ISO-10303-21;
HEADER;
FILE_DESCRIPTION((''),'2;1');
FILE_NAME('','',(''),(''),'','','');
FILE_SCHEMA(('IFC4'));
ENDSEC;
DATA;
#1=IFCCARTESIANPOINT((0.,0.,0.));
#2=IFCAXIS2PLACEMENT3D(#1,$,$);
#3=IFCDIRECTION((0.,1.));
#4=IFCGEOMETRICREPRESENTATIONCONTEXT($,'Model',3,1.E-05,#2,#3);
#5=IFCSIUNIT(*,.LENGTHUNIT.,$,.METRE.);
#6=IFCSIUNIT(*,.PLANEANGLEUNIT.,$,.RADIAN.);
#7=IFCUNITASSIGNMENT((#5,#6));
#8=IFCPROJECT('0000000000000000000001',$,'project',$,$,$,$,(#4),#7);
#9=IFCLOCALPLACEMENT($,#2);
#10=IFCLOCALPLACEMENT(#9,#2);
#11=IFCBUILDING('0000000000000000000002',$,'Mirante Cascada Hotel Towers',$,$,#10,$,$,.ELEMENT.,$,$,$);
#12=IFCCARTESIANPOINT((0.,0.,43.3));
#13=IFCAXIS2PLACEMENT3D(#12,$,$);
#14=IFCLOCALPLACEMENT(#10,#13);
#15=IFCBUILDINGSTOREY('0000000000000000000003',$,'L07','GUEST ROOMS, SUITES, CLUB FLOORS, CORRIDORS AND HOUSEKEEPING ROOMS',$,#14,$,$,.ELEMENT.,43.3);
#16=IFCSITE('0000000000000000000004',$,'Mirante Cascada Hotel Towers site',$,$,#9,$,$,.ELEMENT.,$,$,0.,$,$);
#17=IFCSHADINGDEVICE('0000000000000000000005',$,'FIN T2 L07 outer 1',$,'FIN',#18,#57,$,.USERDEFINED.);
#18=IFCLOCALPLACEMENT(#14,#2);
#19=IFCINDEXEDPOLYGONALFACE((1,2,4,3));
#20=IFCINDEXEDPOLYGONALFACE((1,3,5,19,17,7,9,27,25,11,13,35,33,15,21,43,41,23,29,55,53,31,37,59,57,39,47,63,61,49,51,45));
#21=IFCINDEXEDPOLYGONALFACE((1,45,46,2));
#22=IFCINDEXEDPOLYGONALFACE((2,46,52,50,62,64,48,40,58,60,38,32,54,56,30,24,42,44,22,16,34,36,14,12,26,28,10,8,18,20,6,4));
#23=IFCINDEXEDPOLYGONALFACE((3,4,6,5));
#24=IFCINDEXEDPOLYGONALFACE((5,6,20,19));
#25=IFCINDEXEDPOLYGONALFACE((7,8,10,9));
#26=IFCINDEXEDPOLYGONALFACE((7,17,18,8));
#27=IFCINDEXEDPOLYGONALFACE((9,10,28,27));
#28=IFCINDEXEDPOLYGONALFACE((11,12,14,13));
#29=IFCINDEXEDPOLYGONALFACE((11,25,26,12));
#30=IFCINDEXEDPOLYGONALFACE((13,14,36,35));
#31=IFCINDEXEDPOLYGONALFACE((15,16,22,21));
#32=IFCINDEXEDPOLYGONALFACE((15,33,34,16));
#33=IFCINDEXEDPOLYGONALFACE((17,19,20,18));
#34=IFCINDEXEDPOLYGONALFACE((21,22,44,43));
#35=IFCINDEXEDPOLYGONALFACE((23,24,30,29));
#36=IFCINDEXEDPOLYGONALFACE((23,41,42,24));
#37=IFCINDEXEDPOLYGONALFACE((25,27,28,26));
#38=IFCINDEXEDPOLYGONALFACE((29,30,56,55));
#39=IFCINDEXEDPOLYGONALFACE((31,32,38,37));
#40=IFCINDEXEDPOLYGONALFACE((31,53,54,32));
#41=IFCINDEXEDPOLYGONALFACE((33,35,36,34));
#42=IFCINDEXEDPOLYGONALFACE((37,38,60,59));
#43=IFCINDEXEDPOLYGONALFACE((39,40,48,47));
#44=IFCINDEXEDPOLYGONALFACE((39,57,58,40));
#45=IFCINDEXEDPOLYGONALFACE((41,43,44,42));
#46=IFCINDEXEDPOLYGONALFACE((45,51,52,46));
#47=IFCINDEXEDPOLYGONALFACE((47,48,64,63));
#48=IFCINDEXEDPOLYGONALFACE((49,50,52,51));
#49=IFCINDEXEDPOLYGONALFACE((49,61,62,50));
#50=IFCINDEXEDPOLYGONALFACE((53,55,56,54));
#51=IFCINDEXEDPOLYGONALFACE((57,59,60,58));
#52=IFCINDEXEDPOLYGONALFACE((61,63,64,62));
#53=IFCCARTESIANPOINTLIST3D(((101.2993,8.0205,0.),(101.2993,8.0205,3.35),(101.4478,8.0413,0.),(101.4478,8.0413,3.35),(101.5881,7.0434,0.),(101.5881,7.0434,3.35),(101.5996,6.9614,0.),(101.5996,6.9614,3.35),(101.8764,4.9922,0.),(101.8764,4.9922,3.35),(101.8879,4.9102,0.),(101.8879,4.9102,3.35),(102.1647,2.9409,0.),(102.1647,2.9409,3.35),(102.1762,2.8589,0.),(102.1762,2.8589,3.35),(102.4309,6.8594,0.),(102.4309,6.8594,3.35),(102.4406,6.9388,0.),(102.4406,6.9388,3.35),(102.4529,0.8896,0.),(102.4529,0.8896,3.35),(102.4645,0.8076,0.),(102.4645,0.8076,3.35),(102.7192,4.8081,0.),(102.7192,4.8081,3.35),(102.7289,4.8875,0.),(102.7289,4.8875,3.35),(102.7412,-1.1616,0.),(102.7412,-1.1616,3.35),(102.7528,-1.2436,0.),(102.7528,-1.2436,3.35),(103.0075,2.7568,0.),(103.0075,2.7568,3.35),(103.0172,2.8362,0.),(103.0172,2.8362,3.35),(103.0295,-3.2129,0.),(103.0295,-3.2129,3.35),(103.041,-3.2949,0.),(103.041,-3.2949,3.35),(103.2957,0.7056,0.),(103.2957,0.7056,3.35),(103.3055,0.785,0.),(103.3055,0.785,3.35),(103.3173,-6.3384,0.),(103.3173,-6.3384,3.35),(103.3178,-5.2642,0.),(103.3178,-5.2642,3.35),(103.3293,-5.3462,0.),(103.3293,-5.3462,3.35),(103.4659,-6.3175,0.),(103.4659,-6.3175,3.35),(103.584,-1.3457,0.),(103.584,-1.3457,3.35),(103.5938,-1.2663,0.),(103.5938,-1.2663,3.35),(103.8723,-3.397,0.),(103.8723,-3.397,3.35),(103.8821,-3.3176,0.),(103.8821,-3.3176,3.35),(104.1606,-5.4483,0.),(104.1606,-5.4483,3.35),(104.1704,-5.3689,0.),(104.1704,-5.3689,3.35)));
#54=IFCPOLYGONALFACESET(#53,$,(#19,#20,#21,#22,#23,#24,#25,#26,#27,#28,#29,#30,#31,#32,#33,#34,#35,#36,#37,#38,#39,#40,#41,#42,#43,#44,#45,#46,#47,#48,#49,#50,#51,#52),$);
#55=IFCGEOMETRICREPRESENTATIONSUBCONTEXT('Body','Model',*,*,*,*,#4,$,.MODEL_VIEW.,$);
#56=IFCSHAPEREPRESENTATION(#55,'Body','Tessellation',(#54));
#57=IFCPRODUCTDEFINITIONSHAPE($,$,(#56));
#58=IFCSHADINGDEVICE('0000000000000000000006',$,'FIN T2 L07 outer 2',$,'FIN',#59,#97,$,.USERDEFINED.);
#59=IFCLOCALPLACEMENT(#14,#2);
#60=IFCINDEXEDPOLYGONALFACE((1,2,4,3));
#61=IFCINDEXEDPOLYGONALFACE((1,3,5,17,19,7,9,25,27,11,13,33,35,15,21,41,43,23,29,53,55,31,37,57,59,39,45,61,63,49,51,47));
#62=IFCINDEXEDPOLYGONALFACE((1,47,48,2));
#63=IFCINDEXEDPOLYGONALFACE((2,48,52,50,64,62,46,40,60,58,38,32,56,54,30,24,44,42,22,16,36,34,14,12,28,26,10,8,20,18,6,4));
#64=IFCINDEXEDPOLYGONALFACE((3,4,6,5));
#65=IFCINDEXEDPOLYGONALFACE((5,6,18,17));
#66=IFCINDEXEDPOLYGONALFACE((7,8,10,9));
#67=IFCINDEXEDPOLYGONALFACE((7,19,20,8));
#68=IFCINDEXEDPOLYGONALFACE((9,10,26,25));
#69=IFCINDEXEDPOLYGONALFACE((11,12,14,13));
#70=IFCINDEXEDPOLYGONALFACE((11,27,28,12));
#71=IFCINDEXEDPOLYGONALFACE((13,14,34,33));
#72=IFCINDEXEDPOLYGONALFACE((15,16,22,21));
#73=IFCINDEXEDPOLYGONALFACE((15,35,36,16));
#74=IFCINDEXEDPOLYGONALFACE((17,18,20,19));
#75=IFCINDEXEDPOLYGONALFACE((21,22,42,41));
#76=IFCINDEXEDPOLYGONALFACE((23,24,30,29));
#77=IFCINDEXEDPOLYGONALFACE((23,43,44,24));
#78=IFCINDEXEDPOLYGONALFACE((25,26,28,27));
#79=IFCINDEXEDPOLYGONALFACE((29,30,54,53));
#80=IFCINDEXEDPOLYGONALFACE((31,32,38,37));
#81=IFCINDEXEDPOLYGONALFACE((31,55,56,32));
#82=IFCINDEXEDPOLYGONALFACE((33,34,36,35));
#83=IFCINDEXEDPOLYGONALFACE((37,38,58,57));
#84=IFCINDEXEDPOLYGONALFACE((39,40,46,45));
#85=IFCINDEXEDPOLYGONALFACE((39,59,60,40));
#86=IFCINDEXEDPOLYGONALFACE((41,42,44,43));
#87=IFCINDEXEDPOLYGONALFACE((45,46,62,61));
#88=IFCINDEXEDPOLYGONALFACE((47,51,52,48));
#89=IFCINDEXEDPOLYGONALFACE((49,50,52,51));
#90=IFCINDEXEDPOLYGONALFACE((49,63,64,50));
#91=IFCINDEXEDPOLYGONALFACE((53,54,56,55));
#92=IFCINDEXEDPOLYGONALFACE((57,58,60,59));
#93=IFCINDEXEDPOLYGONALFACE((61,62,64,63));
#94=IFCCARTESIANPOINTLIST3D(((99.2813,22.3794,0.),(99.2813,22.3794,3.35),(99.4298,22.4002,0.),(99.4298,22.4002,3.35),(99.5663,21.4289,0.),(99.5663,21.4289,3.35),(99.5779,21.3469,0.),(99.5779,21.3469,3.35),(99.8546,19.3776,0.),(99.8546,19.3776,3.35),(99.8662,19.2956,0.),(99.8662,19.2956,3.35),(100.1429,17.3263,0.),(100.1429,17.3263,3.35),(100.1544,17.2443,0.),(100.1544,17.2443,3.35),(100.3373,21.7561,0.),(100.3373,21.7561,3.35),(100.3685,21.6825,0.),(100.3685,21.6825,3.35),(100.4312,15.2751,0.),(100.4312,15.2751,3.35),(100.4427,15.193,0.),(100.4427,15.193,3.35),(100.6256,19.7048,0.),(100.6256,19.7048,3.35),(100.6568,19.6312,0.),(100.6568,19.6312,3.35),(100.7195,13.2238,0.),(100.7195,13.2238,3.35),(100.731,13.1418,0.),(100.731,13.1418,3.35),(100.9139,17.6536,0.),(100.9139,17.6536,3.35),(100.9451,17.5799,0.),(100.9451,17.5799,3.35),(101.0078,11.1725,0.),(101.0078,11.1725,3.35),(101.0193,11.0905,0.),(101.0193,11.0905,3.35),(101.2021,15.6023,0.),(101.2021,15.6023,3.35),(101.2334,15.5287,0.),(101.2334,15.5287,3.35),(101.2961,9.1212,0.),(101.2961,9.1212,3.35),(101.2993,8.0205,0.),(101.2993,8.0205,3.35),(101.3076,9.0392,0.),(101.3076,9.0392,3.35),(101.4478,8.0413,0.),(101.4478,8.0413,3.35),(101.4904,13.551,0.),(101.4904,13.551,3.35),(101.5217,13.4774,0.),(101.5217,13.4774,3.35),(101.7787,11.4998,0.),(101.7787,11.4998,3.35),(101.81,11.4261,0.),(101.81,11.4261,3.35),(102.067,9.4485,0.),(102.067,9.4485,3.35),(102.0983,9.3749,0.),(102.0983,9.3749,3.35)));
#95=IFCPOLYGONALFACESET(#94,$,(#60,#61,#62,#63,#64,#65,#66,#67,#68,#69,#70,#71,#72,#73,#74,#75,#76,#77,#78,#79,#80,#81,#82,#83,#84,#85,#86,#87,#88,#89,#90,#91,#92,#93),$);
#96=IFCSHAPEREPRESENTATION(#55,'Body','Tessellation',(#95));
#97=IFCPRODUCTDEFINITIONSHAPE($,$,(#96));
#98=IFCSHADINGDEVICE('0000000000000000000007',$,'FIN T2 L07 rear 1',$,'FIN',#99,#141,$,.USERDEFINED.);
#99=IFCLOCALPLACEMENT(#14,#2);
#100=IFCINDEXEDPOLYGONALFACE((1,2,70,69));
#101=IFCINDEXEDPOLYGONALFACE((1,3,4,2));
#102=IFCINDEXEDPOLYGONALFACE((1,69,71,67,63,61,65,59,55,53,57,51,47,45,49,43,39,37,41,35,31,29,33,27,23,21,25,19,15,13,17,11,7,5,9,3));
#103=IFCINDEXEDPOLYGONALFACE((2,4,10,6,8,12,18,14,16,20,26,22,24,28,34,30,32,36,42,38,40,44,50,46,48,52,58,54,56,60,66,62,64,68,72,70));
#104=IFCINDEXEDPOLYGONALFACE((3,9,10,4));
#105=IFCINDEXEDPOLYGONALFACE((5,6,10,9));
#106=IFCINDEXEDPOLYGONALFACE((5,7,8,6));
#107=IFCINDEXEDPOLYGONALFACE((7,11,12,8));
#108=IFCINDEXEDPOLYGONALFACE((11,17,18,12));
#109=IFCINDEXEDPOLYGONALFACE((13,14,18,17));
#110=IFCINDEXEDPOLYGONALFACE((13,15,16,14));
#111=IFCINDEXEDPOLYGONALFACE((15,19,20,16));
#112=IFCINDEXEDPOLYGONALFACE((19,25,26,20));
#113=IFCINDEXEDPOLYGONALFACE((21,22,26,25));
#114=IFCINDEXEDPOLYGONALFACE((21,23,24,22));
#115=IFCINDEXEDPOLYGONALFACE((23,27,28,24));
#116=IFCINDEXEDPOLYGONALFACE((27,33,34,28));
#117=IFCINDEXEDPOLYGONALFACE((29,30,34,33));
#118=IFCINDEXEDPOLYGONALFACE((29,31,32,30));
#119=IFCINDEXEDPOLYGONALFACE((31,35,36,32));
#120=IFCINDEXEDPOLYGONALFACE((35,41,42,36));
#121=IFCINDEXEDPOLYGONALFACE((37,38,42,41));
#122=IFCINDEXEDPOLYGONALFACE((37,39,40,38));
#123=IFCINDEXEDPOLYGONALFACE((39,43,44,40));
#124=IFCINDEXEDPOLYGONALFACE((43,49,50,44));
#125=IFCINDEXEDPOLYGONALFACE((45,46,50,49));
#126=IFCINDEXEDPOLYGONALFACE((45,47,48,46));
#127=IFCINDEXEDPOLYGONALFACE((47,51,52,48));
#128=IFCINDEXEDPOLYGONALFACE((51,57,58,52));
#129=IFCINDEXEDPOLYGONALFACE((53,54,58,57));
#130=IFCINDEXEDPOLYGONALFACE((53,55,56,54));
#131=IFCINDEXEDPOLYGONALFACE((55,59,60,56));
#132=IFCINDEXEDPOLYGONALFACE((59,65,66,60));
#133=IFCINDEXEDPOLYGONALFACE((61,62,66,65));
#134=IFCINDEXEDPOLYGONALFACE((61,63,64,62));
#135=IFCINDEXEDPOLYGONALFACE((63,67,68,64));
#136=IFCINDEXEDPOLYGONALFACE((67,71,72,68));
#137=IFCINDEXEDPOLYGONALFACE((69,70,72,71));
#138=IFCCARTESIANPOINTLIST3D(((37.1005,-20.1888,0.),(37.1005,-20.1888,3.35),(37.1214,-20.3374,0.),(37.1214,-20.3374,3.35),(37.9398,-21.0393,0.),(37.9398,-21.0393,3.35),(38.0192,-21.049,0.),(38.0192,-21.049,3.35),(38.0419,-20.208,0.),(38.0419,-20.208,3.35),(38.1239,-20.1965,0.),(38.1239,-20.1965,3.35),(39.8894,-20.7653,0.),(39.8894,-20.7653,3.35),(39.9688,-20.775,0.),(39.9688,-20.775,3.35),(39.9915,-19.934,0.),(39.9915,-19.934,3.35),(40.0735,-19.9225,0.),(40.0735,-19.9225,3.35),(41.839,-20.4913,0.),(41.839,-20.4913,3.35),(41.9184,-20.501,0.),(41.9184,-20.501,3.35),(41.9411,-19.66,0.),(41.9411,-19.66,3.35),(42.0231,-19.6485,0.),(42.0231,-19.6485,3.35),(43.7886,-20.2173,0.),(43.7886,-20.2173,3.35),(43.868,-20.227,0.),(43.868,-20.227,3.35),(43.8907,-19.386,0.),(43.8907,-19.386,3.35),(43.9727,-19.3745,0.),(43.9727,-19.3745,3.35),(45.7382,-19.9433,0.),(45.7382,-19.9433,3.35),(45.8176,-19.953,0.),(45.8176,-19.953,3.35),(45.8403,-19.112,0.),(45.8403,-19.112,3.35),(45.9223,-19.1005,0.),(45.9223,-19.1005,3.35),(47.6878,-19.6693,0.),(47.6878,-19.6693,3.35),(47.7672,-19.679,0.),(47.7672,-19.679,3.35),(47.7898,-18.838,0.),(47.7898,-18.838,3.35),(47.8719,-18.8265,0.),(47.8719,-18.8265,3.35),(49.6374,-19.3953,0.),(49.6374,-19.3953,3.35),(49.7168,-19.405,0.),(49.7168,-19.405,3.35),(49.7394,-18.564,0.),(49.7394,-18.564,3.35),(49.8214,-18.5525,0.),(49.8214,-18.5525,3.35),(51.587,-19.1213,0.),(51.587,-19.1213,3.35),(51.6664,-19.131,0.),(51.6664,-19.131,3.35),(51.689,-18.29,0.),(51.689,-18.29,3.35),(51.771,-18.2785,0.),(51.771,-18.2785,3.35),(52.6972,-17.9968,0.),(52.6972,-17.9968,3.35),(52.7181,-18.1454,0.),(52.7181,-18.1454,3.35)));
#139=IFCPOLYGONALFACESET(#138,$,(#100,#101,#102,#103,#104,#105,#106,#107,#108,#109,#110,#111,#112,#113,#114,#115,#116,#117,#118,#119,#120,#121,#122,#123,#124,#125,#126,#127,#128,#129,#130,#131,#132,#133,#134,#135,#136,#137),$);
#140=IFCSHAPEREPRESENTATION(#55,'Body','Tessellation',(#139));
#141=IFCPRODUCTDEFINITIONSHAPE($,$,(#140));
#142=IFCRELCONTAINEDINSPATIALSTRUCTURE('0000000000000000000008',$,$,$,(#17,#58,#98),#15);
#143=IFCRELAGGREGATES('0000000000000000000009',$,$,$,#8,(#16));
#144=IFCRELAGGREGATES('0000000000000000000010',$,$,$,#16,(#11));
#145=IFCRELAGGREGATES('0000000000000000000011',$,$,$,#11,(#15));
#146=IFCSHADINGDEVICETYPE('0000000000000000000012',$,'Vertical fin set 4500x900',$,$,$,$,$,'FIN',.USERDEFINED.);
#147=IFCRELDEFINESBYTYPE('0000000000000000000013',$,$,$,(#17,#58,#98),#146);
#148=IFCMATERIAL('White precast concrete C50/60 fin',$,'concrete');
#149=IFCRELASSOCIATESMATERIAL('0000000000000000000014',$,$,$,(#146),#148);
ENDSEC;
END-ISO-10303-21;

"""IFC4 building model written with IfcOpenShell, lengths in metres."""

from ifc_helpers import new_model, si_unit, direction, frame, origin, place, context, subcontext, project, spatial, polyline, outline, extrude, material, type_object, element, save


model = new_model("IFC4")

# Units and contexts
model_context = context("Model", 3, precision=1e-05, world=origin(), true_north=direction((0.0, 1.0)))
body_context = subcontext(model_context, "Body", "Model", "MODEL_VIEW")
ifc_project = project(units=[si_unit("LENGTHUNIT", "METRE"), si_unit("PLANEANGLEUNIT", "RADIAN")], contexts=[model_context])

# Site, building, storey
site_placement = place(None, origin())
site = spatial("IfcSite", under=ifc_project, at=site_placement, Name="Mirante Cascada Hotel Towers site", CompositionType="ELEMENT", RefElevation=0.0)
building_placement = place(site_placement, origin())
building = spatial("IfcBuilding", under=site, at=building_placement, Name="Mirante Cascada Hotel Towers", CompositionType="ELEMENT")
storey_placement = place(building_placement, frame((0.0, 0.0, 43.3)))
storey = spatial("IfcBuildingStorey", under=building, at=storey_placement, Name="L07", Description="GUEST ROOMS, SUITES, CLUB FLOORS, CORRIDORS AND HOUSEKEEPING ROOMS", CompositionType="ELEMENT", Elevation=43.3)

# Shading devices
ifc_material_1 = material(Name="White precast concrete C50/60 fin", Category="concrete")
shading_device_type = type_object("IfcShadingDeviceType", Name="Vertical fin set 4500x900", ElementType="FIN", PredefinedType="USERDEFINED", material=ifc_material_1)
shading_device_1_placement = place(storey_placement, origin())
element("IfcShadingDevice", 1, at=shading_device_1_placement, inside=storey, type_object=shading_device_type, Name="FIN T2 L07 outer 1", ObjectType="FIN", PredefinedType="USERDEFINED", context=body_context, shape_type="SweptSolid", body=[
    extrude(outline(polyline([(104.1606, -5.4483), (103.3293, -5.3462), (103.4659, -6.3175), (103.3173, -6.3384), (101.2993, 8.0205), (101.4478, 8.0413), (101.5881, 7.0434), (102.4406, 6.9388), (102.4309, 6.8594), (101.5996, 6.9614), (101.8764, 4.9922), (102.7289, 4.8875), (102.7192, 4.8081), (101.8879, 4.9102), (102.1647, 2.9409), (103.0172, 2.8362), (103.0075, 2.7568), (102.1762, 2.8589), (102.4529, 0.8896), (103.3055, 0.785), (103.2957, 0.7056), (102.4645, 0.8076), (102.7412, -1.1616), (103.5938, -1.2663), (103.584, -1.3457), (102.7528, -1.2436), (103.0295, -3.2129), (103.8821, -3.3176), (103.8723, -3.397), (103.041, -3.2949), (103.3178, -5.2642), (104.1704, -5.3689), (104.1606, -5.4483)])), origin(), (0.0, 0.0, 1.0), 3.35),
])
shading_device_2_placement = place(storey_placement, origin())
element("IfcShadingDevice", 2, at=shading_device_2_placement, inside=storey, type_object=shading_device_type, Name="FIN T2 L07 outer 2", ObjectType="FIN", PredefinedType="USERDEFINED", context=body_context, shape_type="SweptSolid", body=[
    extrude(outline(polyline([(102.0983, 9.3749), (101.3076, 9.0392), (101.4478, 8.0413), (101.2993, 8.0205), (99.2813, 22.3794), (99.4298, 22.4002), (99.5663, 21.4289), (100.3373, 21.7561), (100.3685, 21.6825), (99.5779, 21.3469), (99.8546, 19.3776), (100.6256, 19.7048), (100.6568, 19.6312), (99.8662, 19.2956), (100.1429, 17.3263), (100.9139, 17.6536), (100.9451, 17.5799), (100.1544, 17.2443), (100.4312, 15.2751), (101.2021, 15.6023), (101.2334, 15.5287), (100.4427, 15.193), (100.7195, 13.2238), (101.4904, 13.551), (101.5217, 13.4774), (100.731, 13.1418), (101.0078, 11.1725), (101.7787, 11.4998), (101.81, 11.4261), (101.0193, 11.0905), (101.2961, 9.1212), (102.067, 9.4485), (102.0983, 9.3749)])), origin(), (0.0, 0.0, 1.0), 3.35),
])
shading_device_3_placement = place(storey_placement, origin())
element("IfcShadingDevice", 3, at=shading_device_3_placement, inside=storey, type_object=shading_device_type, Name="FIN T2 L07 rear 1", ObjectType="FIN", PredefinedType="USERDEFINED", context=body_context, shape_type="SweptSolid", body=[
    extrude(outline(polyline([(37.9398, -21.0393), (38.0419, -20.208), (37.1214, -20.3374), (37.1005, -20.1888), (52.6972, -17.9968), (52.7181, -18.1454), (51.771, -18.2785), (51.6664, -19.131), (51.587, -19.1213), (51.689, -18.29), (49.8214, -18.5525), (49.7168, -19.405), (49.6374, -19.3953), (49.7394, -18.564), (47.8719, -18.8265), (47.7672, -19.679), (47.6878, -19.6693), (47.7898, -18.838), (45.9223, -19.1005), (45.8176, -19.953), (45.7382, -19.9433), (45.8403, -19.112), (43.9727, -19.3745), (43.868, -20.227), (43.7886, -20.2173), (43.8907, -19.386), (42.0231, -19.6485), (41.9184, -20.501), (41.839, -20.4913), (41.9411, -19.66), (40.0735, -19.9225), (39.9688, -20.775), (39.8894, -20.7653), (39.9915, -19.934), (38.1239, -20.1965), (38.0192, -21.049), (37.9398, -21.0393)])), origin(), (0.0, 0.0, 1.0), 3.35),
])

save(model, "model.ifc")
